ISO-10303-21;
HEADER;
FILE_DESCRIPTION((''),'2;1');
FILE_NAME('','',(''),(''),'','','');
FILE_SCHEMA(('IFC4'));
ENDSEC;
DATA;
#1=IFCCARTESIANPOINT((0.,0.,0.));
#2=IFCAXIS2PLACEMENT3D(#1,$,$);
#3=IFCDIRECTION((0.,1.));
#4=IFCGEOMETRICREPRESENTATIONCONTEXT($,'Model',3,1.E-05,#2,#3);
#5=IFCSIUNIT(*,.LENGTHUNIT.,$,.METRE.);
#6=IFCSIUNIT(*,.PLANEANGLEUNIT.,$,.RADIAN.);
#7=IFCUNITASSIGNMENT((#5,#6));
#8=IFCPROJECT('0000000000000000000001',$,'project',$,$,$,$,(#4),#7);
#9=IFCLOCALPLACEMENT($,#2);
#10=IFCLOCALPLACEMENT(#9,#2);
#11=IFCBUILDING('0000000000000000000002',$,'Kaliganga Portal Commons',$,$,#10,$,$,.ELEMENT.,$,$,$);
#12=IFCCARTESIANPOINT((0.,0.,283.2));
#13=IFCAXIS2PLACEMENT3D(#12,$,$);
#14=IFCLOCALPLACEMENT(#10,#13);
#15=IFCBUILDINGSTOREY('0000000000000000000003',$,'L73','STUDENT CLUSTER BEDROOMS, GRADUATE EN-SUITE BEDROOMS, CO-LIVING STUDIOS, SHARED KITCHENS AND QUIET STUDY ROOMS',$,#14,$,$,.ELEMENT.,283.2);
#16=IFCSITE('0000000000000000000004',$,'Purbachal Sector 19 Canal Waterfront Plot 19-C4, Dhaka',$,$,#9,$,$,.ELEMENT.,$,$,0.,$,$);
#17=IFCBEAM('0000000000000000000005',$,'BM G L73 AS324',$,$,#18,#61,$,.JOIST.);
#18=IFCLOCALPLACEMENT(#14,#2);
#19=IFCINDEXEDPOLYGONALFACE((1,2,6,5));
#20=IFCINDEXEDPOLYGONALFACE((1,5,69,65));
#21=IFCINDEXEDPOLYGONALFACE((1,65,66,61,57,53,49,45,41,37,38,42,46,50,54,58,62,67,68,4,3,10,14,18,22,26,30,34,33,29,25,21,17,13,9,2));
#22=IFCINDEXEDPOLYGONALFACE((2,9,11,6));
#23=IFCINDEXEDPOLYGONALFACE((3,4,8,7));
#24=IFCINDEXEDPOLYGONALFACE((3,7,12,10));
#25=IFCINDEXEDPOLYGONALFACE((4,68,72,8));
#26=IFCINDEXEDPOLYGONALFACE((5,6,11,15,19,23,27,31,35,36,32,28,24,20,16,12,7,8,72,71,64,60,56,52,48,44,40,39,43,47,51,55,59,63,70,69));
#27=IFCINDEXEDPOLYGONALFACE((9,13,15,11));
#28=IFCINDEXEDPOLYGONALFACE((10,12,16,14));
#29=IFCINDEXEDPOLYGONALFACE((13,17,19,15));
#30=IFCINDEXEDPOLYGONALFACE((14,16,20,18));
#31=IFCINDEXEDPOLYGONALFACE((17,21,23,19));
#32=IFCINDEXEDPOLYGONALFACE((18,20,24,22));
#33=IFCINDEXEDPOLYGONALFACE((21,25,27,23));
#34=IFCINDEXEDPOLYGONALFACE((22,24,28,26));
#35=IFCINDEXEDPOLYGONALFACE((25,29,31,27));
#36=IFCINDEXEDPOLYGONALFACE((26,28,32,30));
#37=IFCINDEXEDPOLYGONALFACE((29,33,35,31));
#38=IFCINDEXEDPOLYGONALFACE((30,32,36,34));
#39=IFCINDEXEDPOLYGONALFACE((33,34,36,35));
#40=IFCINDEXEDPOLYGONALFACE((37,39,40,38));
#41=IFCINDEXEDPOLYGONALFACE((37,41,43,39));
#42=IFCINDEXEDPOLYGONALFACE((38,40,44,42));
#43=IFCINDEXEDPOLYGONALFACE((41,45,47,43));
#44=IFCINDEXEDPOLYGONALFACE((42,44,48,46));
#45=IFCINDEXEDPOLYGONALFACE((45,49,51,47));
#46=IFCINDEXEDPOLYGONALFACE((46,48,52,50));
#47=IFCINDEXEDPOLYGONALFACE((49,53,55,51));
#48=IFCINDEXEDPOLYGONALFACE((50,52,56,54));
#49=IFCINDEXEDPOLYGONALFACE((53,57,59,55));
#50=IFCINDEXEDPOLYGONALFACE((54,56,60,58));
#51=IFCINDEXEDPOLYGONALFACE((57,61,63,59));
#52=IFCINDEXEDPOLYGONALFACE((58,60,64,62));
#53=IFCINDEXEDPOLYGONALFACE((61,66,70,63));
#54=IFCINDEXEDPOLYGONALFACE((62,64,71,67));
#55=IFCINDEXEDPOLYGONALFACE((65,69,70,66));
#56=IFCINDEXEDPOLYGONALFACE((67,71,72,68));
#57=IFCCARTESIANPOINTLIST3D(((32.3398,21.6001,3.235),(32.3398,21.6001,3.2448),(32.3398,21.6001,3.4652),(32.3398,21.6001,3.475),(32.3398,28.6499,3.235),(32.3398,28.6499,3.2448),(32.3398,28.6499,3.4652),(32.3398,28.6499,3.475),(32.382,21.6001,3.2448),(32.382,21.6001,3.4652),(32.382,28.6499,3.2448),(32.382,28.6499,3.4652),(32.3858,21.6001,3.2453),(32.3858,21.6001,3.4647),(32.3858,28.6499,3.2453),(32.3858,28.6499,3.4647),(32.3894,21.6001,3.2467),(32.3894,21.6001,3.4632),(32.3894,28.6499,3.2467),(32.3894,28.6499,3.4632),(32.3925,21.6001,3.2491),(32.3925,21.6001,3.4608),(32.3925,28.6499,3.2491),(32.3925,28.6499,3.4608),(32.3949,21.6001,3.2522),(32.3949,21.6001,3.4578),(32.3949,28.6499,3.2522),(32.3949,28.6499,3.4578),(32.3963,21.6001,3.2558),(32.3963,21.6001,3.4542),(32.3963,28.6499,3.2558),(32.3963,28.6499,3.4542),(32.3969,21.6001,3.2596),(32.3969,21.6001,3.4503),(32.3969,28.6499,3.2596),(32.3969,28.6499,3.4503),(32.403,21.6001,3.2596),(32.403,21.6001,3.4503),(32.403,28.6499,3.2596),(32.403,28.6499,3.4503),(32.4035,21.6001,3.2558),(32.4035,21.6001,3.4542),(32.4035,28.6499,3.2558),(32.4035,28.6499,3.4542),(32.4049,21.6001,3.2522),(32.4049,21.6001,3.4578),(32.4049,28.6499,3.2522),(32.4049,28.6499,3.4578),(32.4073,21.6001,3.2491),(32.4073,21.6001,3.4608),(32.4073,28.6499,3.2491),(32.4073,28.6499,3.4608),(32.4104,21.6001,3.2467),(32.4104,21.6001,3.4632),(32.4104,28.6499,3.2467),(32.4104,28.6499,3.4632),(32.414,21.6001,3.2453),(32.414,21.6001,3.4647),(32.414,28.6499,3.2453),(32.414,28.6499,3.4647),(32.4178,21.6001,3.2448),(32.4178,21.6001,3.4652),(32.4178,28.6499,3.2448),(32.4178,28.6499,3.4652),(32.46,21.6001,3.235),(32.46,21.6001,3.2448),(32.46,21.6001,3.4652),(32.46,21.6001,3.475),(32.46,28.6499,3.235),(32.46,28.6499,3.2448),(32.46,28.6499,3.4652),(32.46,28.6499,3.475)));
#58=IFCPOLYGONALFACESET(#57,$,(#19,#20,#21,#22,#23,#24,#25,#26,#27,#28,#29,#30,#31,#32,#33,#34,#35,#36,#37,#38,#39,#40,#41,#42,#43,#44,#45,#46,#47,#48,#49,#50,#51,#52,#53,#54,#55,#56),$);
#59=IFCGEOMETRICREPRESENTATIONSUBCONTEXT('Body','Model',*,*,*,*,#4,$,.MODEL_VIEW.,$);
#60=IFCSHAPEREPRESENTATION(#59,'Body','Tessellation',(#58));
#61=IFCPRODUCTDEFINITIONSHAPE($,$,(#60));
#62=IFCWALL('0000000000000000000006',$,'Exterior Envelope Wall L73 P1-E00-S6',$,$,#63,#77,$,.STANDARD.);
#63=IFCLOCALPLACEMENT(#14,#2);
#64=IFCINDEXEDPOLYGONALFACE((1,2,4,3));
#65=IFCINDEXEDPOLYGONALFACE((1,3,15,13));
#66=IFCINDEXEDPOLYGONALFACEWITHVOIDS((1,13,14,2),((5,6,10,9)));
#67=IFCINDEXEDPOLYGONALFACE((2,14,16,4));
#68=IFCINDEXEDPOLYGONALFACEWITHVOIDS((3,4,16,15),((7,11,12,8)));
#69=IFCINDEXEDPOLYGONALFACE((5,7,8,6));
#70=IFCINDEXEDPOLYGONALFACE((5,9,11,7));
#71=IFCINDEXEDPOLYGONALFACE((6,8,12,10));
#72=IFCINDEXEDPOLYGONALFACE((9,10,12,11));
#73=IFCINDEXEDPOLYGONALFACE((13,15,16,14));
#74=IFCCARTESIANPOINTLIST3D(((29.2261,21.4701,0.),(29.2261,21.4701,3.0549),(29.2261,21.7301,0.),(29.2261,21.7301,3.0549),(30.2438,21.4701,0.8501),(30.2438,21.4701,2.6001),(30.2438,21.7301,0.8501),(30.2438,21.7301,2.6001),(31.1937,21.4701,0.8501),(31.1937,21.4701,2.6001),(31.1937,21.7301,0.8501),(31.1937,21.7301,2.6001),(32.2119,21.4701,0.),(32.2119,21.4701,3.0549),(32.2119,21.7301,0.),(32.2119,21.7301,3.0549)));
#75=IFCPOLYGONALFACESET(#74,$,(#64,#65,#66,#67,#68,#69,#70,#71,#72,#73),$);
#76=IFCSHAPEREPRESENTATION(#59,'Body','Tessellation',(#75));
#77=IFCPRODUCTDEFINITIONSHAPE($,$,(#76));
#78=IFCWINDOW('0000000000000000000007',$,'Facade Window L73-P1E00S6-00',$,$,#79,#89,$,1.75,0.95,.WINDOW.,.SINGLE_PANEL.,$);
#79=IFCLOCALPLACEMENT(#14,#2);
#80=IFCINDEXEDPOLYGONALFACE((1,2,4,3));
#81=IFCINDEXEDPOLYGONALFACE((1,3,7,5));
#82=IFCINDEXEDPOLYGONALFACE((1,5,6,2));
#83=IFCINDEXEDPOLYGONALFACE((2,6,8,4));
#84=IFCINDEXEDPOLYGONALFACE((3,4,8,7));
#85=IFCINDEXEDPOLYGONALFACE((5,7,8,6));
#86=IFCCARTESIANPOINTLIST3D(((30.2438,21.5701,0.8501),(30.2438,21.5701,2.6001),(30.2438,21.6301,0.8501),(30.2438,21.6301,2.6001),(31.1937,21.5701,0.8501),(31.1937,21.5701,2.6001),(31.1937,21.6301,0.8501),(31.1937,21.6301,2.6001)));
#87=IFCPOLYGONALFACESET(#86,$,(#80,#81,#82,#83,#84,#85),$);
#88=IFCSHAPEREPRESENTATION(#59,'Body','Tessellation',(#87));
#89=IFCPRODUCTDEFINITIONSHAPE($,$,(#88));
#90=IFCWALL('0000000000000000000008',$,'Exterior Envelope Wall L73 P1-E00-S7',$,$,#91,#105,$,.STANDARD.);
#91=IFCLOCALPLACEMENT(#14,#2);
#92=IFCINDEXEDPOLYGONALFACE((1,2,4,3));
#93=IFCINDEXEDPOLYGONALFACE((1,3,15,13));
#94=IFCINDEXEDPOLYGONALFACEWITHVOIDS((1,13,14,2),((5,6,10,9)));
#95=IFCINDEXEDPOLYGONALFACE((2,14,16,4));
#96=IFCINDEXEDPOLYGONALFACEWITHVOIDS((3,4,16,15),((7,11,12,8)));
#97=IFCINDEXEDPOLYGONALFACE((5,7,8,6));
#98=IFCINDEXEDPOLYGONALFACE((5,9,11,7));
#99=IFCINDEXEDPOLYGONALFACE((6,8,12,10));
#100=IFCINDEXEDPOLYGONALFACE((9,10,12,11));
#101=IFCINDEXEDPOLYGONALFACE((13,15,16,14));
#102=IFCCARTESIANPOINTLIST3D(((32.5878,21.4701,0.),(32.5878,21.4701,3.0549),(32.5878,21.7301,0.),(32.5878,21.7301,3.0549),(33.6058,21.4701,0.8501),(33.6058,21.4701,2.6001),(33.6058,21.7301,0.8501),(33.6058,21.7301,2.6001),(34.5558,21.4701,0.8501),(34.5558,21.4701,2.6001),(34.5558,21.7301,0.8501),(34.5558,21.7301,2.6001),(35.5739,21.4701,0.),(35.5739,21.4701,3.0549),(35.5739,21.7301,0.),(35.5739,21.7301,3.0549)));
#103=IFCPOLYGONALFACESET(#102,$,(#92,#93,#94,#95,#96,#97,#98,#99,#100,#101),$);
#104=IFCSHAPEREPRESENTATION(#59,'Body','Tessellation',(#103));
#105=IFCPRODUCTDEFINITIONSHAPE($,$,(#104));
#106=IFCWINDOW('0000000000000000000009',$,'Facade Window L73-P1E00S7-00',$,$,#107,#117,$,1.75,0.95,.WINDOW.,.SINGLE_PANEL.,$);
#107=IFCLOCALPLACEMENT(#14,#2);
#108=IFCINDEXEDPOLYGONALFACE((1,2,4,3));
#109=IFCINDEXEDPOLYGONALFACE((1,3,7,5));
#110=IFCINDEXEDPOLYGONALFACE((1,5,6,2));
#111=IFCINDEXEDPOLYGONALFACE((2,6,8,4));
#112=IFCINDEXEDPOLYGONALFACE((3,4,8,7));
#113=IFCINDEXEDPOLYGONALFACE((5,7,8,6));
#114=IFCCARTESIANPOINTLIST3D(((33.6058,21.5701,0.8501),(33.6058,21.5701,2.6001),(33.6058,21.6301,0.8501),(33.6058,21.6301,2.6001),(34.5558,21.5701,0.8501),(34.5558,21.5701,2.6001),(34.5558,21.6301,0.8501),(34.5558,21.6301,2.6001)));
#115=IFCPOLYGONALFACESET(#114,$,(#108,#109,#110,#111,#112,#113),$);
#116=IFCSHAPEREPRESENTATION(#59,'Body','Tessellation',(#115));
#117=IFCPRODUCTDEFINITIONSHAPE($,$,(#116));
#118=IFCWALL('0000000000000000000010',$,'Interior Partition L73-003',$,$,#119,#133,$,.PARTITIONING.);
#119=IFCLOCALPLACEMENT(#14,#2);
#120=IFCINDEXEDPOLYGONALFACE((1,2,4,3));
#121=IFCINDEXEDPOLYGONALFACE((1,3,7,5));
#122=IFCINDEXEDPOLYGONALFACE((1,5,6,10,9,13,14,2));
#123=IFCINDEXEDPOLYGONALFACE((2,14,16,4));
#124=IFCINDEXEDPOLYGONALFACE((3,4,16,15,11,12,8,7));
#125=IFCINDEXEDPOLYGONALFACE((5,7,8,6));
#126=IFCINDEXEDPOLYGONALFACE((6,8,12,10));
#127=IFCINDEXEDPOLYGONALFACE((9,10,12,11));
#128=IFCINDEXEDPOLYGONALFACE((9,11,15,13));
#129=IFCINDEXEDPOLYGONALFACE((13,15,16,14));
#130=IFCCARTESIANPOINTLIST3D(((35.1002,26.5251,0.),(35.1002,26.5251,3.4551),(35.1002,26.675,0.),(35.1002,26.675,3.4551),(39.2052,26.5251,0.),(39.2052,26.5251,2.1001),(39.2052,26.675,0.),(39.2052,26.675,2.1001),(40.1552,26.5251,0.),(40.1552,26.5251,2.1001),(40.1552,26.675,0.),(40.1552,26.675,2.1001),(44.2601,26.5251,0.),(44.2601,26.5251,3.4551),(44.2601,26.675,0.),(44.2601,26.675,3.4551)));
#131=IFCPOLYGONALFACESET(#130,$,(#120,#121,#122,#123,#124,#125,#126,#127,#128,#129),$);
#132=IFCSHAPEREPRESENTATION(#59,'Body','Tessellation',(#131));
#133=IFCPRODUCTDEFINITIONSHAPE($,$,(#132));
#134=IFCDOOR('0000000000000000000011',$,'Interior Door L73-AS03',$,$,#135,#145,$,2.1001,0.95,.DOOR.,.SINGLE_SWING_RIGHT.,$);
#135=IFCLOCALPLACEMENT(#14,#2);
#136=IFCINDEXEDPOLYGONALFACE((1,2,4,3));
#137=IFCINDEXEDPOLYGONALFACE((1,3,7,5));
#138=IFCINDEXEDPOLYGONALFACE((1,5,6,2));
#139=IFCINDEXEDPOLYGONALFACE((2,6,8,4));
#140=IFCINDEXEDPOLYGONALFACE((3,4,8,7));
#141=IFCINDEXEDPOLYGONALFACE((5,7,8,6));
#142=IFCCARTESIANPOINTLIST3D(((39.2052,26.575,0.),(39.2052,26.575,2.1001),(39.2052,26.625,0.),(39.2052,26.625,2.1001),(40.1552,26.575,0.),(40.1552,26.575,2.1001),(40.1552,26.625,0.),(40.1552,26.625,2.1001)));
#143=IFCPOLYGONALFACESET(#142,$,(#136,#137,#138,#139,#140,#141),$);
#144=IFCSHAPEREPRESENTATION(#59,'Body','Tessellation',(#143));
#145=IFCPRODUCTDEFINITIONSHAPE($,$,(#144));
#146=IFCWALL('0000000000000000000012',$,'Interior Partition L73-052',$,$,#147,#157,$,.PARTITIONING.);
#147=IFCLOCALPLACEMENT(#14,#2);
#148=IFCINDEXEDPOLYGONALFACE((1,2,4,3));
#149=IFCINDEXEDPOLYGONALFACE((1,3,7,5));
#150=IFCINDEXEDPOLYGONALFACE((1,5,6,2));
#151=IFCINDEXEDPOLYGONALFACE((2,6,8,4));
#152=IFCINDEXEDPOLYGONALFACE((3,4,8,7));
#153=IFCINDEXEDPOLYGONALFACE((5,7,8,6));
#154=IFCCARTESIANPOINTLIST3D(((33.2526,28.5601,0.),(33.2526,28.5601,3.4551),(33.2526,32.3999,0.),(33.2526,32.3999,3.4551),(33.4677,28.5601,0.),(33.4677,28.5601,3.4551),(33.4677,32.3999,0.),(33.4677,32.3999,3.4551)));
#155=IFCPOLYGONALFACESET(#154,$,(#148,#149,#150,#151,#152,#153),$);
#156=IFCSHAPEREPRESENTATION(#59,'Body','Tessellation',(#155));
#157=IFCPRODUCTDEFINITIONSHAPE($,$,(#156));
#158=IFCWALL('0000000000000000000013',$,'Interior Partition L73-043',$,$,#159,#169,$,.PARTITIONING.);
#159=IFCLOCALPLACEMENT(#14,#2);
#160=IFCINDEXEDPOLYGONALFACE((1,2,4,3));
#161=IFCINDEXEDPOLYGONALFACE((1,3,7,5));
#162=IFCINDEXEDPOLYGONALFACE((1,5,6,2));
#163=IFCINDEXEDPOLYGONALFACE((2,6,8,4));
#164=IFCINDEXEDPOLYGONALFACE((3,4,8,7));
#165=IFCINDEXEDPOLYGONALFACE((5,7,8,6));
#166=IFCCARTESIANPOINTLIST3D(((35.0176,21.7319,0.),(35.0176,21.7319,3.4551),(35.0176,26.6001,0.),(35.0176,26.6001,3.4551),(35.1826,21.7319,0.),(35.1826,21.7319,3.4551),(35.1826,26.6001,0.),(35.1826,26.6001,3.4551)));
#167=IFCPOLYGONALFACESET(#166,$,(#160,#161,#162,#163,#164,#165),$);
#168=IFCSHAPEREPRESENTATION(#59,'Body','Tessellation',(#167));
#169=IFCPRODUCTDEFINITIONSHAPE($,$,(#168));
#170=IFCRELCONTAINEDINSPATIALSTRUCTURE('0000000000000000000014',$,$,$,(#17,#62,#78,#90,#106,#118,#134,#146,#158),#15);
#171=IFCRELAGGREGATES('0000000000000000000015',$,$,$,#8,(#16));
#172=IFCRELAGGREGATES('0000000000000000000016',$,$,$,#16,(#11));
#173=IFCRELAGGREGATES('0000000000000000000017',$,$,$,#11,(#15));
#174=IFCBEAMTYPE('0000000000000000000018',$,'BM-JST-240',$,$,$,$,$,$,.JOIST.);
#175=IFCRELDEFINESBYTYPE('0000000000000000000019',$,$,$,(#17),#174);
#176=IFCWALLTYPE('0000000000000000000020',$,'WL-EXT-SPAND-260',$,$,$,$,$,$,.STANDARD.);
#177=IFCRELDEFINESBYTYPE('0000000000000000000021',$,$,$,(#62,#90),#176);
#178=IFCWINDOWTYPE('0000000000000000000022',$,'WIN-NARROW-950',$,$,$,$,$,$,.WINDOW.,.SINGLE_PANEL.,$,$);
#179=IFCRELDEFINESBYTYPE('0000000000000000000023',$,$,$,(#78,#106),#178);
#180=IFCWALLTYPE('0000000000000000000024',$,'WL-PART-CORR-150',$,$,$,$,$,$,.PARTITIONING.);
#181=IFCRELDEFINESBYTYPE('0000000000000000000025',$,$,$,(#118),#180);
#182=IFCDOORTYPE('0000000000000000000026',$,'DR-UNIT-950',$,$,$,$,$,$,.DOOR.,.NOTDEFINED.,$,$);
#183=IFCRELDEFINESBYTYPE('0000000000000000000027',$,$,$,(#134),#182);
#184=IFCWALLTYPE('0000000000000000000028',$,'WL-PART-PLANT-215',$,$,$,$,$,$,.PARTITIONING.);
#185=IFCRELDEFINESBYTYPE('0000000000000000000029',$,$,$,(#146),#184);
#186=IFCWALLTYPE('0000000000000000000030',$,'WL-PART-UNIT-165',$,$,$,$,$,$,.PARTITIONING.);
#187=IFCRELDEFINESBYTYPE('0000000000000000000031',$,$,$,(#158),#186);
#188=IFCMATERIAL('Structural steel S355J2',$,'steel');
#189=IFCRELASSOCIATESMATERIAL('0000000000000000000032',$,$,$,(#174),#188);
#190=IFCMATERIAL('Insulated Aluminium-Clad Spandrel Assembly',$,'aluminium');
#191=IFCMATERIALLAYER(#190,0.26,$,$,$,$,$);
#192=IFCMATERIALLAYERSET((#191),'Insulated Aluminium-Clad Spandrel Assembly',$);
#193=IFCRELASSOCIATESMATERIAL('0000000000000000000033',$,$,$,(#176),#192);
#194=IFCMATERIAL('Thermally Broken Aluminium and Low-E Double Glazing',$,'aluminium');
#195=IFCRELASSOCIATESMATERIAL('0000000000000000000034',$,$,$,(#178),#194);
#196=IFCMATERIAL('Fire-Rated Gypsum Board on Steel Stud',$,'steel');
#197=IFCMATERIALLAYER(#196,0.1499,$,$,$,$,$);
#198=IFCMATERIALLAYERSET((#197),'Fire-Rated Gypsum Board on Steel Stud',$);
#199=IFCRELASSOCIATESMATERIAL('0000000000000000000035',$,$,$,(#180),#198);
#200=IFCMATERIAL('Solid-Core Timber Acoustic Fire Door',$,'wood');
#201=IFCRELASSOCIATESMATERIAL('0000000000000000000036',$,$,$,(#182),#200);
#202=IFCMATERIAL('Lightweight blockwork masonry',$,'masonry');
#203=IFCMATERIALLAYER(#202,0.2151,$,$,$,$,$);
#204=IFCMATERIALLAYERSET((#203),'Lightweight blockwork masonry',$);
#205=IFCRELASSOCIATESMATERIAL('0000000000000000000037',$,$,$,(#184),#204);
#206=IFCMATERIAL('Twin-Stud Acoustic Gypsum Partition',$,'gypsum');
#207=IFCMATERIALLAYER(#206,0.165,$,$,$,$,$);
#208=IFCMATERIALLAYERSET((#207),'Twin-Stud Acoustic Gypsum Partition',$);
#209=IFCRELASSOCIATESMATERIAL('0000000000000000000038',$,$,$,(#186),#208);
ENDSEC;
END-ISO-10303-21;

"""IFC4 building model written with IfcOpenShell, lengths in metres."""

from ifc_helpers import new_model, si_unit, direction, frame, frame_2d, origin, origin_2d, place, context, subcontext, project, spatial, rectangle, i_section, extrude, source, transform, mapped, material, layer, layer_set, material_profile, profile_set, type_object, element, fill, save


model = new_model("IFC4")

# Units and contexts
model_context = context("Model", 3, precision=1e-05, world=origin(), true_north=direction((0.0, 1.0)))
body_context = subcontext(model_context, "Body", "Model", "MODEL_VIEW")
ifc_project = project(units=[si_unit("LENGTHUNIT", "METRE"), si_unit("PLANEANGLEUNIT", "RADIAN")], contexts=[model_context])

# Site, building, storey
site_placement = place(None, origin())
site = spatial("IfcSite", under=ifc_project, at=site_placement, Name="Purbachal Sector 19 Canal Waterfront Plot 19-C4, Dhaka", CompositionType="ELEMENT", RefElevation=0.0)
building_placement = place(site_placement, origin())
building = spatial("IfcBuilding", under=site, at=building_placement, Name="Kaliganga Portal Commons", CompositionType="ELEMENT")
storey_placement = place(building_placement, frame((0.0, 0.0, 283.2)))
storey = spatial("IfcBuildingStorey", under=building, at=storey_placement, Name="L73", Description="STUDENT CLUSTER BEDROOMS, GRADUATE EN-SUITE BEDROOMS, CO-LIVING STUDIOS, SHARED KITCHENS AND QUIET STUDY ROOMS", CompositionType="ELEMENT", Elevation=283.2)

# Shared definitions
ifc_material_1 = material(Name="Structural steel S355J2", Category="steel")

# Beam
ifc_material_profile_1 = material_profile(ifc_material_1, i_section(OverallWidth=0.1201, OverallDepth=0.24, WebThickness=0.0061, FlangeThickness=0.0098, FilletRadius=0.0149, at=origin_2d()), Name="IPE 240")
ifc_profile_set_1 = profile_set([ifc_material_profile_1], Name="Structural steel S355J2 wide-flange")
beam_type_1 = type_object("IfcBeamType", Name="BM-JST-240", PredefinedType="JOIST", material=ifc_profile_set_1)
shared_shape_1 = source(origin(), body_context, "Body", "SweptSolid", [
    extrude(i_section(OverallWidth=0.1201, OverallDepth=0.24, WebThickness=0.0061, FlangeThickness=0.0098, FilletRadius=0.0149, at=origin_2d()), origin(), (0.0, 0.0, 1.0), 7.0498),
])
beam_1_placement = place(storey_placement, frame((32.3999, 21.6001, 3.355), z_axis=(0.0, 1.0, 0.0), x_axis=(-1.0, 0.0, 0.0)))
element("IfcBeam", 1, at=beam_1_placement, inside=storey, type_object=beam_type_1, Name="BM G L73 AS324", PredefinedType="JOIST", context=body_context, shape_type="MappedRepresentation", body=[
    mapped(shared_shape_1, transform((0.0, 0.0, 0.0), x_axis=(1.0, 0.0, 0.0), y_axis=(0.0, 1.0, 0.0), z_axis=(0.0, 0.0, 1.0), scale=1.0)),
])

# Walls, openings, windows
ifc_material_2 = material(Name="Insulated Aluminium-Clad Spandrel Assembly", Category="aluminium")
ifc_layer_1 = layer(ifc_material_2, 0.26)
ifc_layer_set_1 = layer_set([ifc_layer_1], Name="Insulated Aluminium-Clad Spandrel Assembly")
wall_type_1 = type_object("IfcWallType", Name="WL-EXT-SPAND-260", PredefinedType="STANDARD", material=ifc_layer_set_1)
wall_1_placement = place(storey_placement, frame((32.2119, 21.6001, 0.0), z_axis=(0.0, 0.0, 1.0), x_axis=(-1.0, 0.0, 0.0)))
wall_1 = element("IfcWall", 2, at=wall_1_placement, inside=storey, type_object=wall_type_1, Name="Exterior Envelope Wall L73 P1-E00-S6", PredefinedType="STANDARD", context=body_context, shape_type="SweptSolid", body=[
    extrude(rectangle(XDim=2.9858, YDim=0.26, at=frame_2d((1.4929, 0.0))), origin(), (0.0, 0.0, 1.0), 3.0549),
])
opening_1_placement = place(wall_1_placement, frame((1.0181, 0.0, 0.8501)))
opening_1 = element("IfcOpeningElement", 3, at=opening_1_placement, cuts=wall_1, PredefinedType="OPENING", context=body_context, shape_type="SweptSolid", body=[
    extrude(rectangle(XDim=0.95, YDim=1.75, at=frame_2d((0.4751, 0.875))), frame((0.0, 0.1401, 0.0), z_axis=(0.0, -1.0, 0.0), x_axis=(1.0, 0.0, 0.0)), (0.0, 0.0, 1.0), 0.28),
])
ifc_material_3 = material(Name="Thermally Broken Aluminium and Low-E Double Glazing", Category="aluminium")
window_type = type_object("IfcWindowType", Name="WIN-NARROW-950", PartitioningType="SINGLE_PANEL", PredefinedType="WINDOW", material=ifc_material_3)
window_1_placement = place(opening_1_placement, origin())
window_1 = element("IfcWindow", 4, at=window_1_placement, inside=storey, type_object=window_type, Name="Facade Window L73-P1E00S6-00", OverallHeight=1.75, OverallWidth=0.95, PartitioningType="SINGLE_PANEL", PredefinedType="WINDOW", context=body_context, shape_type="SweptSolid", body=[
    extrude(rectangle(XDim=0.95, YDim=1.75, at=frame_2d((0.4751, 0.875))), frame((0.0, 0.03, 0.0), z_axis=(0.0, -1.0, 0.0), x_axis=(1.0, 0.0, 0.0)), (0.0, 0.0, 1.0), 0.0601),
])
fill(opening_1, window_1)
wall_2_placement = place(storey_placement, frame((35.574, 21.6001, 0.0), z_axis=(0.0, 0.0, 1.0), x_axis=(-1.0, 0.0, 0.0)))
wall_2 = element("IfcWall", 5, at=wall_2_placement, inside=storey, type_object=wall_type_1, Name="Exterior Envelope Wall L73 P1-E00-S7", PredefinedType="STANDARD", context=body_context, shape_type="SweptSolid", body=[
    extrude(rectangle(XDim=2.9861, YDim=0.26, at=frame_2d((1.4932, 0.0))), origin(), (0.0, 0.0, 1.0), 3.0549),
])
opening_2_placement = place(wall_2_placement, frame((1.0181, 0.0, 0.8501)))
opening_2 = element("IfcOpeningElement", 6, at=opening_2_placement, cuts=wall_2, PredefinedType="OPENING", context=body_context, shape_type="SweptSolid", body=[
    extrude(rectangle(XDim=0.95, YDim=1.75, at=frame_2d((0.4751, 0.875))), frame((0.0, 0.1401, 0.0), z_axis=(0.0, -1.0, 0.0), x_axis=(1.0, 0.0, 0.0)), (0.0, 0.0, 1.0), 0.28),
])
window_2_placement = place(opening_2_placement, origin())
window_2 = element("IfcWindow", 7, at=window_2_placement, inside=storey, type_object=window_type, Name="Facade Window L73-P1E00S7-00", OverallHeight=1.75, OverallWidth=0.95, PartitioningType="SINGLE_PANEL", PredefinedType="WINDOW", context=body_context, shape_type="SweptSolid", body=[
    extrude(rectangle(XDim=0.95, YDim=1.75, at=frame_2d((0.4751, 0.875))), frame((0.0, 0.03, 0.0), z_axis=(0.0, -1.0, 0.0), x_axis=(1.0, 0.0, 0.0)), (0.0, 0.0, 1.0), 0.0601),
])
fill(opening_2, window_2)

# Wall, opening, door
ifc_material_4 = material(Name="Fire-Rated Gypsum Board on Steel Stud", Category="steel")
ifc_layer_2 = layer(ifc_material_4, 0.1499)
ifc_layer_set_2 = layer_set([ifc_layer_2], Name="Fire-Rated Gypsum Board on Steel Stud")
wall_type_2 = type_object("IfcWallType", Name="WL-PART-CORR-150", PredefinedType="PARTITIONING", material=ifc_layer_set_2)
wall_3_placement = place(storey_placement, frame((35.1001, 26.6001, 0.0), z_axis=(0.0, 0.0, 1.0), x_axis=(1.0, 0.0, 0.0)))
wall_3 = element("IfcWall", 8, at=wall_3_placement, inside=storey, type_object=wall_type_2, Name="Interior Partition L73-003", PredefinedType="PARTITIONING", context=body_context, shape_type="SweptSolid", body=[
    extrude(rectangle(XDim=9.1599, YDim=0.1499, at=frame_2d((4.5801, 0.0))), origin(), (0.0, 0.0, 1.0), 3.4551),
])
opening_3_placement = place(wall_3_placement, frame((4.105, 0.0, 0.0)))
opening_3 = element("IfcOpeningElement", 9, at=opening_3_placement, cuts=wall_3, PredefinedType="OPENING", context=body_context, shape_type="SweptSolid", body=[
    extrude(rectangle(XDim=0.95, YDim=2.1001, at=frame_2d((0.4751, 1.05))), frame((0.0, 0.085, 0.0), z_axis=(0.0, -1.0, 0.0), x_axis=(1.0, 0.0, 0.0)), (0.0, 0.0, 1.0), 0.1699),
])
ifc_material_5 = material(Name="Solid-Core Timber Acoustic Fire Door", Category="wood")
door_type_1 = type_object("IfcDoorType", Name="DR-UNIT-950", OperationType="NOTDEFINED", PredefinedType="DOOR", material=ifc_material_5)
door_1_placement = place(opening_3_placement, origin())
door_1 = element("IfcDoor", 10, at=door_1_placement, inside=storey, type_object=door_type_1, Name="Interior Door L73-AS03", OperationType="SINGLE_SWING_RIGHT", OverallHeight=2.1001, OverallWidth=0.95, PredefinedType="DOOR", context=body_context, shape_type="SweptSolid", body=[
    extrude(rectangle(XDim=0.95, YDim=2.1001, at=frame_2d((0.4751, 1.05))), frame((0.0, 0.0249, 0.0), z_axis=(0.0, -1.0, 0.0), x_axis=(1.0, 0.0, 0.0)), (0.0, 0.0, 1.0), 0.05),
])
fill(opening_3, door_1)

# Walls
ifc_material_6 = material(Name="Lightweight blockwork masonry", Category="masonry")
ifc_layer_3 = layer(ifc_material_6, 0.2151)
ifc_layer_set_3 = layer_set([ifc_layer_3], Name="Lightweight blockwork masonry")
wall_type_3 = type_object("IfcWallType", Name="WL-PART-PLANT-215", PredefinedType="PARTITIONING", material=ifc_layer_set_3)
wall_4_placement = place(storey_placement, frame((33.3601, 28.5601, 0.0), z_axis=(0.0, 0.0, 1.0), x_axis=(0.0, 1.0, 0.0)))
element("IfcWall", 11, at=wall_4_placement, inside=storey, type_object=wall_type_3, Name="Interior Partition L73-052", PredefinedType="PARTITIONING", context=body_context, shape_type="SweptSolid", body=[
    extrude(rectangle(XDim=3.8398, YDim=0.2151, at=frame_2d((1.9199, 0.0))), origin(), (0.0, 0.0, 1.0), 3.4551),
])
ifc_material_7 = material(Name="Twin-Stud Acoustic Gypsum Partition", Category="gypsum")
ifc_layer_4 = layer(ifc_material_7, 0.165)
ifc_layer_set_4 = layer_set([ifc_layer_4], Name="Twin-Stud Acoustic Gypsum Partition")
wall_type_4 = type_object("IfcWallType", Name="WL-PART-UNIT-165", PredefinedType="PARTITIONING", material=ifc_layer_set_4)
wall_5_placement = place(storey_placement, frame((35.1001, 21.7319, 0.0), z_axis=(0.0, 0.0, 1.0), x_axis=(0.0, 1.0, 0.0)))
element("IfcWall", 12, at=wall_5_placement, inside=storey, type_object=wall_type_4, Name="Interior Partition L73-043", PredefinedType="PARTITIONING", context=body_context, shape_type="SweptSolid", body=[
    extrude(rectangle(XDim=4.8682, YDim=0.165, at=frame_2d((2.4341, 0.0))), origin(), (0.0, 0.0, 1.0), 3.4551),
])

save(model, "model.ifc")
